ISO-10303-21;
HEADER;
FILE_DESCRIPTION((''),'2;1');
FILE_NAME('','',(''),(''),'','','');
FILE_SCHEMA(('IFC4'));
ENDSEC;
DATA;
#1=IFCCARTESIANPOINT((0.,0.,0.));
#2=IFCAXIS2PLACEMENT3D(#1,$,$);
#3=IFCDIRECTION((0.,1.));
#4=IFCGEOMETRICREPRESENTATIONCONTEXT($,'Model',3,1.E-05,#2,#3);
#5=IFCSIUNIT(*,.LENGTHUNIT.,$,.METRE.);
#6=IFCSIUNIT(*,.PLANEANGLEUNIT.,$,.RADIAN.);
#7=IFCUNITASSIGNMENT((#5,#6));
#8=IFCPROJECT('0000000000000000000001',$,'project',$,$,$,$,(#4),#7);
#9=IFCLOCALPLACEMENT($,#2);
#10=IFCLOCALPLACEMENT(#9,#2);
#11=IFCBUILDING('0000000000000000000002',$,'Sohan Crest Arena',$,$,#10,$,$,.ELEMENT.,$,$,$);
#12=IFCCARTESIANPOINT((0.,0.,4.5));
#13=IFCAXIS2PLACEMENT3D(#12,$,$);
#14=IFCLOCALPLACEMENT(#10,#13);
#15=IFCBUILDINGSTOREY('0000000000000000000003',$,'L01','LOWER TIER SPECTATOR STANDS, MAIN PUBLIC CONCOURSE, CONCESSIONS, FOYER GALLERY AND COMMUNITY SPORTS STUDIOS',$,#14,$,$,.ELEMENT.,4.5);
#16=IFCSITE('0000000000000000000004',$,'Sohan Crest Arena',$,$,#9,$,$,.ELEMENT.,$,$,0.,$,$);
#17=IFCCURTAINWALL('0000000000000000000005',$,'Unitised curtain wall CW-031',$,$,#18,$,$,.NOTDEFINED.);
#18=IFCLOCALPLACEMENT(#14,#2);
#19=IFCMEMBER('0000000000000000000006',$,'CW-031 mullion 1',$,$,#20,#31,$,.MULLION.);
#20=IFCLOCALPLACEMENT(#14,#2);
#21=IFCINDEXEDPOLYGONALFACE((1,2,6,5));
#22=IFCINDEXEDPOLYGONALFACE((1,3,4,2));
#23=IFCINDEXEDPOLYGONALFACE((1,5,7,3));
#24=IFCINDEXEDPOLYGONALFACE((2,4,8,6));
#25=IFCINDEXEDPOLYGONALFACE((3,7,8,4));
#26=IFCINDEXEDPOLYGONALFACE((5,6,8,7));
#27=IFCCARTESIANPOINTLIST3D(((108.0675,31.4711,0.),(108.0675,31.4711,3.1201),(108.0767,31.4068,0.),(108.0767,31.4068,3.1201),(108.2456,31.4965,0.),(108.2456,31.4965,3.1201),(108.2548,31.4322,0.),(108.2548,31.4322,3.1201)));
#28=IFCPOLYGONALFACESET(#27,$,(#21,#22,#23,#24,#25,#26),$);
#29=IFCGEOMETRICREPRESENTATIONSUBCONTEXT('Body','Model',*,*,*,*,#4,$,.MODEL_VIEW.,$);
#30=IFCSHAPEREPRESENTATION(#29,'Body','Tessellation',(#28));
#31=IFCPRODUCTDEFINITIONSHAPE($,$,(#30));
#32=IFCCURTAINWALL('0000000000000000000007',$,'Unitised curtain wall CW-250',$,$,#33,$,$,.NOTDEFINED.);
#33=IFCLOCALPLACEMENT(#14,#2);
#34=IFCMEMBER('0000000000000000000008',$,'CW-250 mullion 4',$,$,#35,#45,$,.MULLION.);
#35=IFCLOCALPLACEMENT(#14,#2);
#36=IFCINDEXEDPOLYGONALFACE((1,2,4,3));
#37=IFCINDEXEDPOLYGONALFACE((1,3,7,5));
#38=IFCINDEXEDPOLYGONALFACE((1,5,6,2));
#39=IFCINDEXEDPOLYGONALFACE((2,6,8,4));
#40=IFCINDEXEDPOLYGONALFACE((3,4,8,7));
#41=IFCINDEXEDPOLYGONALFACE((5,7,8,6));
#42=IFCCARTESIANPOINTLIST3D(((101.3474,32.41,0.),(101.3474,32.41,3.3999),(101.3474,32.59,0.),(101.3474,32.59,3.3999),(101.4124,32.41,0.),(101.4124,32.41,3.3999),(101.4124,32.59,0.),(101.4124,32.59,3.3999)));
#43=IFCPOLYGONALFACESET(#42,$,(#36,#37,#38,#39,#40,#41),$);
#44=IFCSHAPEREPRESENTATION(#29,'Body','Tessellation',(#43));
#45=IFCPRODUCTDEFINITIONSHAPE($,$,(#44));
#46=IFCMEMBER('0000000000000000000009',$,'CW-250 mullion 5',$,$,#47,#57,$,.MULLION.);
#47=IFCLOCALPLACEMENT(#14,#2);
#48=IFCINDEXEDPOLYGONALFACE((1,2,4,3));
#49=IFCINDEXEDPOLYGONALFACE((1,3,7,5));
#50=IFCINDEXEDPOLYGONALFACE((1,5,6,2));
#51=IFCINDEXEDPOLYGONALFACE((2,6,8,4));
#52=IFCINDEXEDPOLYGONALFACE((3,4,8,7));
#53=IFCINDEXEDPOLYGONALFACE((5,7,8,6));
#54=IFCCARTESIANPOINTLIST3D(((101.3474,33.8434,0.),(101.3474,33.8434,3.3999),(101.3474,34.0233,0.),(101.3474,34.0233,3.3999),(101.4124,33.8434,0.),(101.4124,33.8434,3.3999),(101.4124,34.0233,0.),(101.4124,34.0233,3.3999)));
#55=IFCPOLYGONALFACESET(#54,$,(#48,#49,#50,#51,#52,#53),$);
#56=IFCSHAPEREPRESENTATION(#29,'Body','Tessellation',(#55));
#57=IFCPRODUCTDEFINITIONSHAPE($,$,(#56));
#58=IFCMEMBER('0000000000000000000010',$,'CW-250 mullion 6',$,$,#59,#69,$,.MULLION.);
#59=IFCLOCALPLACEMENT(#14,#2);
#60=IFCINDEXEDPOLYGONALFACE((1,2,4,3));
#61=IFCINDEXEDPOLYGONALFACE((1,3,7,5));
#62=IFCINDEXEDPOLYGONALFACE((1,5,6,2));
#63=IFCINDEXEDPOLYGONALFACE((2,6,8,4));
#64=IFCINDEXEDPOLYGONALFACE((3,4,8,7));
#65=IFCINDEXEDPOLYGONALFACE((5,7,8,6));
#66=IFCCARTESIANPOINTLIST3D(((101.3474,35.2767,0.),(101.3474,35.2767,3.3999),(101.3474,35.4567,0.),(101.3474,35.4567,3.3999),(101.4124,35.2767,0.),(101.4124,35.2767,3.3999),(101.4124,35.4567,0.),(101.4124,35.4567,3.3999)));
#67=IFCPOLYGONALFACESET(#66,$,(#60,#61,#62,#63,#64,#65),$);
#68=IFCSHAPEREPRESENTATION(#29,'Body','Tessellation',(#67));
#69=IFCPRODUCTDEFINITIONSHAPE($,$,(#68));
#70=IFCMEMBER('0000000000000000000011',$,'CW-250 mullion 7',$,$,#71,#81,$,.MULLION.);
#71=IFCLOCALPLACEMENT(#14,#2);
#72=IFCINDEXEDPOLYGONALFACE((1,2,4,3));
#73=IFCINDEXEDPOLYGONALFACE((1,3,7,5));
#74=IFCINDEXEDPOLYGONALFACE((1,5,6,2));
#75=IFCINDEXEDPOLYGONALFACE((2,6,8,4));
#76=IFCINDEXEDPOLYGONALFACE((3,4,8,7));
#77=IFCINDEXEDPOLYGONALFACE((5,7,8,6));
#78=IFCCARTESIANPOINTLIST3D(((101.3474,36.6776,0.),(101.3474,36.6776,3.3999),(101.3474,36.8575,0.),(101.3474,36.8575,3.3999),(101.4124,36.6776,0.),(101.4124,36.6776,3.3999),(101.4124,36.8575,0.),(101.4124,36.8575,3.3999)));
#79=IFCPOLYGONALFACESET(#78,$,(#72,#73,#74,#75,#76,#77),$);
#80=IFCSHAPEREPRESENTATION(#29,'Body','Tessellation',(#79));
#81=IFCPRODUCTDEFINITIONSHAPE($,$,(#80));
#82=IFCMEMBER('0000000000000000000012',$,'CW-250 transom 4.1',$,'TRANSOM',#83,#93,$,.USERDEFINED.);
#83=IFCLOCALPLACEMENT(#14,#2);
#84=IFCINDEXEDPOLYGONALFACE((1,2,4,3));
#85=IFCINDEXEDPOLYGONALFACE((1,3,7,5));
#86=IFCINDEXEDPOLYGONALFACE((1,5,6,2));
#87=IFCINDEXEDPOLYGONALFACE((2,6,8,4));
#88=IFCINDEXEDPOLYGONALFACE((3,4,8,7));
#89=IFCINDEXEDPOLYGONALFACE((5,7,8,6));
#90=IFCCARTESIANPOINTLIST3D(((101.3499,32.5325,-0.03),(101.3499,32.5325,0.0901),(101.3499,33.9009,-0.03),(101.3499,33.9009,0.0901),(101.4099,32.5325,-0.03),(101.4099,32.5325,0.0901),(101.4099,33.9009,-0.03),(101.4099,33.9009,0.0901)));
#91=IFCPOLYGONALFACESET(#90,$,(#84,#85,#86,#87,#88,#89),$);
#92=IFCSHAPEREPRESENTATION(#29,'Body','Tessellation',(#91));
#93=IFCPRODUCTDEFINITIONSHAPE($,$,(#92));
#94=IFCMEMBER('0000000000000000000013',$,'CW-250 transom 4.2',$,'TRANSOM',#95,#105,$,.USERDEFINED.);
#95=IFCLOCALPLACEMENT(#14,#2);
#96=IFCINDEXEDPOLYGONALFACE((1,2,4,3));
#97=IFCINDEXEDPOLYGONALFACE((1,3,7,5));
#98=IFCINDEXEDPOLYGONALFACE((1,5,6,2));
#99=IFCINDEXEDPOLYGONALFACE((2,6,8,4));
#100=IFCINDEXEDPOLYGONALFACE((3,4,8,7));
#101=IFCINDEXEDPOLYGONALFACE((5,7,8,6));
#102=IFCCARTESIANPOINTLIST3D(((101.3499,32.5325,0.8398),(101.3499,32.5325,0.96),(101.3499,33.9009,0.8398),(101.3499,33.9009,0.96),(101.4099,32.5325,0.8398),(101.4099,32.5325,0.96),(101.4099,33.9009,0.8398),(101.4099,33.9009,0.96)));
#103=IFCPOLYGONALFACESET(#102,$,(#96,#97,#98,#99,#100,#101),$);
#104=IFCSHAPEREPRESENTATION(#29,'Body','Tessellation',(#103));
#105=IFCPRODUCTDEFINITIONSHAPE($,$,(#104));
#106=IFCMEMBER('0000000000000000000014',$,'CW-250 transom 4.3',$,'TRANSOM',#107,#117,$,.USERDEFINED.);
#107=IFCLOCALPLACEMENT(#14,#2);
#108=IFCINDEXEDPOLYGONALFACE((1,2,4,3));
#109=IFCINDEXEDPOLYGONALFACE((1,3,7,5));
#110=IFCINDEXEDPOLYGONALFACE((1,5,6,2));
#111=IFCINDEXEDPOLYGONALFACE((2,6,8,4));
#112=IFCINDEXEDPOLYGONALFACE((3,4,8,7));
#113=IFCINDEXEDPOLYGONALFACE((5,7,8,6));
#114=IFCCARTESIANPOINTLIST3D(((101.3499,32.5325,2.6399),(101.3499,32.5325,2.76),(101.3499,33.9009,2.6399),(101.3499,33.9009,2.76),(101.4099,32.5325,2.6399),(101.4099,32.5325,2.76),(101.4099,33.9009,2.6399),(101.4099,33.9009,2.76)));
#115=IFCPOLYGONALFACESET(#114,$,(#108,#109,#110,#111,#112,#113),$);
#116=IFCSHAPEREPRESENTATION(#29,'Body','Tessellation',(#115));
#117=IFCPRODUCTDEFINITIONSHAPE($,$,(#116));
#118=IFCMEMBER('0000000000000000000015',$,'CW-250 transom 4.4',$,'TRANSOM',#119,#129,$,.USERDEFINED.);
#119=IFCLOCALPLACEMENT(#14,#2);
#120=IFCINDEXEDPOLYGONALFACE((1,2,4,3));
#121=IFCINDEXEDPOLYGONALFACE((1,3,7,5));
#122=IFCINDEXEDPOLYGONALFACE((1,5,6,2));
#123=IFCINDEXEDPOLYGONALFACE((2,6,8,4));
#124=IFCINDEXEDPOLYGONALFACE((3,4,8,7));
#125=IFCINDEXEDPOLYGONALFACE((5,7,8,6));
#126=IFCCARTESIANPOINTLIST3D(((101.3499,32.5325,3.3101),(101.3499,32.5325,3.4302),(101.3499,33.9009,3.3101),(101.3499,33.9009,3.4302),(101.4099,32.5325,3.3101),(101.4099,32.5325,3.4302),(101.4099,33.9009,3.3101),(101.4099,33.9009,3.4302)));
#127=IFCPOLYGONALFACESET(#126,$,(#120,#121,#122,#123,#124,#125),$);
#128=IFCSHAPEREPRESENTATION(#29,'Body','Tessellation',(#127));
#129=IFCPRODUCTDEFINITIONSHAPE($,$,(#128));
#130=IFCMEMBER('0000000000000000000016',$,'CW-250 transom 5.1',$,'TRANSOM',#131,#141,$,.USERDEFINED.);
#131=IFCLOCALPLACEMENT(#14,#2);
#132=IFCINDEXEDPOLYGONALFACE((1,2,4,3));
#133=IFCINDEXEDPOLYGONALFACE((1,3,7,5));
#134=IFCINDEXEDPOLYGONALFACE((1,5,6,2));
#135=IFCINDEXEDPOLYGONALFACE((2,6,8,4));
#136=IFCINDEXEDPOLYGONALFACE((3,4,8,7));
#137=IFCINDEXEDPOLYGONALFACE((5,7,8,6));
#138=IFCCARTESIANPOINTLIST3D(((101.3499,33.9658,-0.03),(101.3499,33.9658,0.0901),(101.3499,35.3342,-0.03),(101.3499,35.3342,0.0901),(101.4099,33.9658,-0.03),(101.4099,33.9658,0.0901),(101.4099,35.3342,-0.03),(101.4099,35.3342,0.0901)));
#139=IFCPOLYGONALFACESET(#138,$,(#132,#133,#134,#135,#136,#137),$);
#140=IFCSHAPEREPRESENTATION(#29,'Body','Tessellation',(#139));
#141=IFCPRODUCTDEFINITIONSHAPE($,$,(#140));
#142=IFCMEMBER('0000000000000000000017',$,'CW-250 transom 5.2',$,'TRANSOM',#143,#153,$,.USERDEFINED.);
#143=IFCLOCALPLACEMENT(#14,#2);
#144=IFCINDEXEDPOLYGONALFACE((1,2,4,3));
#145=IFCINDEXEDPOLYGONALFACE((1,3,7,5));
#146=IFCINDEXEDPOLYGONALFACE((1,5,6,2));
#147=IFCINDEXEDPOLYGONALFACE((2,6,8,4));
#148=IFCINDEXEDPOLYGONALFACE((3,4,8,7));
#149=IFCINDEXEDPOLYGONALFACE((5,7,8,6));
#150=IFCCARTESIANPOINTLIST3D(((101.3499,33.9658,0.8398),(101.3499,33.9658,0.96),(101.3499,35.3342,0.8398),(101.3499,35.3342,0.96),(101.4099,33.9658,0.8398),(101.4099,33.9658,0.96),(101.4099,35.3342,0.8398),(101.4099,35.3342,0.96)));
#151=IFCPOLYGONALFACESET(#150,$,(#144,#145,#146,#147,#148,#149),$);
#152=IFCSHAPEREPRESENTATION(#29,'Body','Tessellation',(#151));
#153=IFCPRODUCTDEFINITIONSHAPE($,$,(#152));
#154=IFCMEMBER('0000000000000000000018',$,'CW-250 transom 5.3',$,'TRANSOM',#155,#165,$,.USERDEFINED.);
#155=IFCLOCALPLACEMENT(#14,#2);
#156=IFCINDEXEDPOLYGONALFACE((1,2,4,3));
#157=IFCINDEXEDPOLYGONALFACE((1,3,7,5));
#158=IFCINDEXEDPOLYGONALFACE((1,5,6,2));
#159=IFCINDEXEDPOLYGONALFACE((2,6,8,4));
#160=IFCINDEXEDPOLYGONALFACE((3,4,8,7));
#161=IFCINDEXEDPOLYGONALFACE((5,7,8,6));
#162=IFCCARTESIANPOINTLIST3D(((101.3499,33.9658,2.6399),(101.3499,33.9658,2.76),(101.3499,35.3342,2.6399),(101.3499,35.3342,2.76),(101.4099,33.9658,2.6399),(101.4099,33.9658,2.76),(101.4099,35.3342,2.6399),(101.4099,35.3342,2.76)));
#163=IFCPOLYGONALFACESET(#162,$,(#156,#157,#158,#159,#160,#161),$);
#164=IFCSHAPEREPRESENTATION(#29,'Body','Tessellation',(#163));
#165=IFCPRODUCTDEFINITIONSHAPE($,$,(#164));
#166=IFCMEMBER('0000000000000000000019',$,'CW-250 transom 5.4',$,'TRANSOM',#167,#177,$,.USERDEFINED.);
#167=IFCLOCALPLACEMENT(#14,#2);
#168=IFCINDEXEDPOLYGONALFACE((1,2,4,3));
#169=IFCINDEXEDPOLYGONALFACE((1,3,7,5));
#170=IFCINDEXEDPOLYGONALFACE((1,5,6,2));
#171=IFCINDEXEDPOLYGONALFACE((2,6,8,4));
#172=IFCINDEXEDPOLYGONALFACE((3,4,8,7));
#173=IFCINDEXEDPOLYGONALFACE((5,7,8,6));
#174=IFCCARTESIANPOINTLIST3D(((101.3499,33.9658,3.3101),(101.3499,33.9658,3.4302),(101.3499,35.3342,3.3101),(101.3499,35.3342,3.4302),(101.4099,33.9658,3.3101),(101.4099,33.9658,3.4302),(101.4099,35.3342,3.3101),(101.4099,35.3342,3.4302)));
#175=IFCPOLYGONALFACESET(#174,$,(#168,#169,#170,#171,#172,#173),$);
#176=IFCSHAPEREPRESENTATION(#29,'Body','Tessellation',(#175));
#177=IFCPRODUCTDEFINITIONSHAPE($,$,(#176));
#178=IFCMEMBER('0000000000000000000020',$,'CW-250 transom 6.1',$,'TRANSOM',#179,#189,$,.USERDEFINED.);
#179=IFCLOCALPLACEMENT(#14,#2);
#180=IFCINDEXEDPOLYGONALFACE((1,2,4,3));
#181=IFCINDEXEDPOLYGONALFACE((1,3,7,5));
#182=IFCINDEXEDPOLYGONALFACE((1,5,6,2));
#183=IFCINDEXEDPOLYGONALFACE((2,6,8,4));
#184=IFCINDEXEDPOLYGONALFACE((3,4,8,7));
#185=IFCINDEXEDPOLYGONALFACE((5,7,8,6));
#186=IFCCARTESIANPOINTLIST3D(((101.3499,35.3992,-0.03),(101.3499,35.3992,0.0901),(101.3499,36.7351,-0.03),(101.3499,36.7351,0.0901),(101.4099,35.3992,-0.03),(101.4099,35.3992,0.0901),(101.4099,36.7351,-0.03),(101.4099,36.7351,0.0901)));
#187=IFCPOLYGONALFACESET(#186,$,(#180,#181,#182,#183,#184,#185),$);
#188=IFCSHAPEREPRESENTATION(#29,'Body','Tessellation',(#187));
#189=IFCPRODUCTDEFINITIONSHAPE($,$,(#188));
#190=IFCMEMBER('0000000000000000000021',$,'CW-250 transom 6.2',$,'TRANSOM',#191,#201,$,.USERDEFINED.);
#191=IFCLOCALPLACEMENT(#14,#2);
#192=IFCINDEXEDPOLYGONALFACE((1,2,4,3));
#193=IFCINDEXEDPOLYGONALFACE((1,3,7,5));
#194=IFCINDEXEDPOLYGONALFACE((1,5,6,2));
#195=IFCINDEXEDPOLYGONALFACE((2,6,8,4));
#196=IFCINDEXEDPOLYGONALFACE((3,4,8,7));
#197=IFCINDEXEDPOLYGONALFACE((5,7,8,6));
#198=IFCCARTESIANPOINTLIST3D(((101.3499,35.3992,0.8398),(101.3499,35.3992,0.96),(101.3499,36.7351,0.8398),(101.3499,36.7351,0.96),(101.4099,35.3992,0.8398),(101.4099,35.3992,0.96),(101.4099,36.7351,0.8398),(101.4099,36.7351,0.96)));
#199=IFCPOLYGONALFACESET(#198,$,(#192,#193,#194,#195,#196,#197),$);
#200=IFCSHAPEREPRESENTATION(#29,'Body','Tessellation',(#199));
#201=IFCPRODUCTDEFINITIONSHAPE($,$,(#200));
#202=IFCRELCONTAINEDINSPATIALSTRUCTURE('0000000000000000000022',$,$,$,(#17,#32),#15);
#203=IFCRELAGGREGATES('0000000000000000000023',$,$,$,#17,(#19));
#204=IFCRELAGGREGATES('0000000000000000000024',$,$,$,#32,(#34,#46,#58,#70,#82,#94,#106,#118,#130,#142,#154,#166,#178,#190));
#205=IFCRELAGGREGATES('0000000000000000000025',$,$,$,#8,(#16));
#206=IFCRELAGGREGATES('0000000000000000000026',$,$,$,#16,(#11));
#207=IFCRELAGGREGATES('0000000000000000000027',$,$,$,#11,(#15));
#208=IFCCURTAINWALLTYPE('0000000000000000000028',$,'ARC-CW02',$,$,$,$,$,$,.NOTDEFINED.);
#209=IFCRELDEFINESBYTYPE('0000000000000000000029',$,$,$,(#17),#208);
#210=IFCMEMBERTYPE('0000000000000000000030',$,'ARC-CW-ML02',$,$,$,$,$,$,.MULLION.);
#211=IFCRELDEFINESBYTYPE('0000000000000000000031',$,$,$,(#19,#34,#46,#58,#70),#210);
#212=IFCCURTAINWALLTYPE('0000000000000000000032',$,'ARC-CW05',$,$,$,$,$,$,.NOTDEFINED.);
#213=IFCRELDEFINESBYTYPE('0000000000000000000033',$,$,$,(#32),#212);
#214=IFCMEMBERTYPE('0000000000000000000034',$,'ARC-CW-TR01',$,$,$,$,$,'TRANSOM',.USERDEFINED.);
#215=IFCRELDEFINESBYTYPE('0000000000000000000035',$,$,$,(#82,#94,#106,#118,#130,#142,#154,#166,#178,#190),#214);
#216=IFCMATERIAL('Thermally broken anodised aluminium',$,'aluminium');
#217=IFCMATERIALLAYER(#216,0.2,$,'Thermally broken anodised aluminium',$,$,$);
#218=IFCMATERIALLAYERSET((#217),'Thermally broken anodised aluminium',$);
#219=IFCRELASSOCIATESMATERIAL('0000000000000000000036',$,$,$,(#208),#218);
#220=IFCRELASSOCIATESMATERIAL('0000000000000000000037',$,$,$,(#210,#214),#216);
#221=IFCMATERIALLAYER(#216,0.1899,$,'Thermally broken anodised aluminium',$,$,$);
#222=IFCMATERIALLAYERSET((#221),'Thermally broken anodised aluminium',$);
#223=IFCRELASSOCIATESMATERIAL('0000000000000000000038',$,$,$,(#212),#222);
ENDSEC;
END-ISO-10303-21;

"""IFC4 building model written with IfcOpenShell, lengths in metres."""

from ifc_helpers import new_model, si_unit, direction, frame, origin, origin_2d, place, context, subcontext, project, spatial, rectangle, extrude, material, layer, layer_set, material_profile, profile_set, type_object, element, aggregate, save


model = new_model("IFC4")

# Units and contexts
model_context = context("Model", 3, precision=1e-05, world=origin(), true_north=direction((0.0, 1.0)))
body_context = subcontext(model_context, "Body", "Model", "MODEL_VIEW")
ifc_project = project(units=[si_unit("LENGTHUNIT", "METRE"), si_unit("PLANEANGLEUNIT", "RADIAN")], contexts=[model_context])

# Site, building, storey
site_placement = place(None, origin())
site = spatial("IfcSite", under=ifc_project, at=site_placement, Name="Sohan Crest Arena", CompositionType="ELEMENT", RefElevation=0.0)
building_placement = place(site_placement, origin())
building = spatial("IfcBuilding", under=site, at=building_placement, Name="Sohan Crest Arena", CompositionType="ELEMENT")
storey_placement = place(building_placement, frame((0.0, 0.0, 4.5)))
storey = spatial("IfcBuildingStorey", under=building, at=storey_placement, Name="L01", Description="LOWER TIER SPECTATOR STANDS, MAIN PUBLIC CONCOURSE, CONCESSIONS, FOYER GALLERY AND COMMUNITY SPORTS STUDIOS", CompositionType="ELEMENT", Elevation=4.5)

# Curtain wall, member
ifc_material_1 = material(Name="Thermally broken anodised aluminium", Category="aluminium")
ifc_layer_1 = layer(ifc_material_1, 0.2, Name="Thermally broken anodised aluminium")
ifc_layer_set_1 = layer_set([ifc_layer_1], Name="Thermally broken anodised aluminium")
curtain_wall_type_1 = type_object("IfcCurtainWallType", Name="ARC-CW02", PredefinedType="NOTDEFINED", material=ifc_layer_set_1)
curtain_wall_1_placement = place(storey_placement, origin())
curtain_wall_1 = element("IfcCurtainWall", 1, at=curtain_wall_1_placement, inside=storey, type_object=curtain_wall_type_1, Name="Unitised curtain wall CW-031", PredefinedType="NOTDEFINED")
ifc_material_profile_1 = material_profile(ifc_material_1, rectangle(XDim=0.0649, YDim=0.1799, at=origin_2d()), Name="ALU-MULL 65x180")
ifc_profile_set_1 = profile_set([ifc_material_profile_1], Name="Thermally broken anodised aluminium")
member_type_1 = type_object("IfcMemberType", Name="ARC-CW-ML02", PredefinedType="MULLION", material=ifc_profile_set_1)
member_1_placement = place(storey_placement, frame((108.1611, 31.4517, 0.0), z_axis=(0.0, 0.0, 1.0), x_axis=(-0.14145, 0.989945, 0.0)))
member_1 = element("IfcMember", 2, at=member_1_placement, type_object=member_type_1, Name="CW-031 mullion 1", PredefinedType="MULLION", context=body_context, shape_type="SweptSolid", body=[
    extrude(rectangle(XDim=0.0649, YDim=0.1799, at=origin_2d()), origin(), (0.0, 0.0, 1.0), 3.1201),
])
aggregate(curtain_wall_1, [member_1])

# Curtain wall, members
ifc_layer_2 = layer(ifc_material_1, 0.1899, Name="Thermally broken anodised aluminium")
ifc_layer_set_2 = layer_set([ifc_layer_2], Name="Thermally broken anodised aluminium")
curtain_wall_type_2 = type_object("IfcCurtainWallType", Name="ARC-CW05", PredefinedType="NOTDEFINED", material=ifc_layer_set_2)
curtain_wall_2_placement = place(storey_placement, origin())
curtain_wall_2 = element("IfcCurtainWall", 3, at=curtain_wall_2_placement, inside=storey, type_object=curtain_wall_type_2, Name="Unitised curtain wall CW-250", PredefinedType="NOTDEFINED")
member_2_placement = place(storey_placement, frame((101.3799, 32.5, 0.0), z_axis=(0.0, 0.0, 1.0), x_axis=(-1.0, 0.0, 0.0)))
member_2 = element("IfcMember", 4, at=member_2_placement, type_object=member_type_1, Name="CW-250 mullion 4", PredefinedType="MULLION", context=body_context, shape_type="SweptSolid", body=[
    extrude(rectangle(XDim=0.0649, YDim=0.1799, at=origin_2d()), origin(), (0.0, 0.0, 1.0), 3.3999),
])
member_3_placement = place(storey_placement, frame((101.3799, 33.9333, 0.0), z_axis=(0.0, 0.0, 1.0), x_axis=(-1.0, 0.0, 0.0)))
member_3 = element("IfcMember", 5, at=member_3_placement, type_object=member_type_1, Name="CW-250 mullion 5", PredefinedType="MULLION", context=body_context, shape_type="SweptSolid", body=[
    extrude(rectangle(XDim=0.0649, YDim=0.1799, at=origin_2d()), origin(), (0.0, 0.0, 1.0), 3.3999),
])
member_4_placement = place(storey_placement, frame((101.3799, 35.3667, 0.0), z_axis=(0.0, 0.0, 1.0), x_axis=(-1.0, 0.0, 0.0)))
member_4 = element("IfcMember", 6, at=member_4_placement, type_object=member_type_1, Name="CW-250 mullion 6", PredefinedType="MULLION", context=body_context, shape_type="SweptSolid", body=[
    extrude(rectangle(XDim=0.0649, YDim=0.1799, at=origin_2d()), origin(), (0.0, 0.0, 1.0), 3.3999),
])
member_5_placement = place(storey_placement, frame((101.3799, 36.7676, 0.0), z_axis=(0.0, 0.0, 1.0), x_axis=(-1.0, 0.0, 0.0)))
member_5 = element("IfcMember", 7, at=member_5_placement, type_object=member_type_1, Name="CW-250 mullion 7", PredefinedType="MULLION", context=body_context, shape_type="SweptSolid", body=[
    extrude(rectangle(XDim=0.0649, YDim=0.1799, at=origin_2d()), origin(), (0.0, 0.0, 1.0), 3.3999),
])
ifc_material_profile_2 = material_profile(ifc_material_1, rectangle(XDim=0.0601, YDim=0.1201, at=origin_2d()), Name="ALU-TRAN 60x120")
ifc_profile_set_2 = profile_set([ifc_material_profile_2], Name="Thermally broken anodised aluminium")
member_type_2 = type_object("IfcMemberType", Name="ARC-CW-TR01", ElementType="TRANSOM", PredefinedType="USERDEFINED", material=ifc_profile_set_2)
member_6_placement = place(storey_placement, frame((101.3799, 32.5325, 0.03), z_axis=(0.0, 1.0, 0.0), x_axis=(-1.0, 0.0, 0.0)))
member_6 = element("IfcMember", 8, at=member_6_placement, type_object=member_type_2, Name="CW-250 transom 4.1", ObjectType="TRANSOM", PredefinedType="USERDEFINED", context=body_context, shape_type="SweptSolid", body=[
    extrude(rectangle(XDim=0.0601, YDim=0.1201, at=origin_2d()), origin(), (0.0, 0.0, 1.0), 1.3684),
])
member_7_placement = place(storey_placement, frame((101.3799, 32.5325, 0.8999), z_axis=(0.0, 1.0, 0.0), x_axis=(-1.0, 0.0, 0.0)))
member_7 = element("IfcMember", 9, at=member_7_placement, type_object=member_type_2, Name="CW-250 transom 4.2", ObjectType="TRANSOM", PredefinedType="USERDEFINED", context=body_context, shape_type="SweptSolid", body=[
    extrude(rectangle(XDim=0.0601, YDim=0.1201, at=origin_2d()), origin(), (0.0, 0.0, 1.0), 1.3684),
])
member_8_placement = place(storey_placement, frame((101.3799, 32.5325, 2.7), z_axis=(0.0, 1.0, 0.0), x_axis=(-1.0, 0.0, 0.0)))
member_8 = element("IfcMember", 10, at=member_8_placement, type_object=member_type_2, Name="CW-250 transom 4.3", ObjectType="TRANSOM", PredefinedType="USERDEFINED", context=body_context, shape_type="SweptSolid", body=[
    extrude(rectangle(XDim=0.0601, YDim=0.1201, at=origin_2d()), origin(), (0.0, 0.0, 1.0), 1.3684),
])
member_9_placement = place(storey_placement, frame((101.3799, 32.5325, 3.3701), z_axis=(0.0, 1.0, 0.0), x_axis=(-1.0, 0.0, 0.0)))
member_9 = element("IfcMember", 11, at=member_9_placement, type_object=member_type_2, Name="CW-250 transom 4.4", ObjectType="TRANSOM", PredefinedType="USERDEFINED", context=body_context, shape_type="SweptSolid", body=[
    extrude(rectangle(XDim=0.0601, YDim=0.1201, at=origin_2d()), origin(), (0.0, 0.0, 1.0), 1.3684),
])
member_10_placement = place(storey_placement, frame((101.3799, 33.9658, 0.03), z_axis=(0.0, 1.0, 0.0), x_axis=(-1.0, 0.0, 0.0)))
member_10 = element("IfcMember", 12, at=member_10_placement, type_object=member_type_2, Name="CW-250 transom 5.1", ObjectType="TRANSOM", PredefinedType="USERDEFINED", context=body_context, shape_type="SweptSolid", body=[
    extrude(rectangle(XDim=0.0601, YDim=0.1201, at=origin_2d()), origin(), (0.0, 0.0, 1.0), 1.3684),
])
member_11_placement = place(storey_placement, frame((101.3799, 33.9658, 0.8999), z_axis=(0.0, 1.0, 0.0), x_axis=(-1.0, 0.0, 0.0)))
member_11 = element("IfcMember", 13, at=member_11_placement, type_object=member_type_2, Name="CW-250 transom 5.2", ObjectType="TRANSOM", PredefinedType="USERDEFINED", context=body_context, shape_type="SweptSolid", body=[
    extrude(rectangle(XDim=0.0601, YDim=0.1201, at=origin_2d()), origin(), (0.0, 0.0, 1.0), 1.3684),
])
member_12_placement = place(storey_placement, frame((101.3799, 33.9658, 2.7), z_axis=(0.0, 1.0, 0.0), x_axis=(-1.0, 0.0, 0.0)))
member_12 = element("IfcMember", 14, at=member_12_placement, type_object=member_type_2, Name="CW-250 transom 5.3", ObjectType="TRANSOM", PredefinedType="USERDEFINED", context=body_context, shape_type="SweptSolid", body=[
    extrude(rectangle(XDim=0.0601, YDim=0.1201, at=origin_2d()), origin(), (0.0, 0.0, 1.0), 1.3684),
])
member_13_placement = place(storey_placement, frame((101.3799, 33.9658, 3.3701), z_axis=(0.0, 1.0, 0.0), x_axis=(-1.0, 0.0, 0.0)))
member_13 = element("IfcMember", 15, at=member_13_placement, type_object=member_type_2, Name="CW-250 transom 5.4", ObjectType="TRANSOM", PredefinedType="USERDEFINED", context=body_context, shape_type="SweptSolid", body=[
    extrude(rectangle(XDim=0.0601, YDim=0.1201, at=origin_2d()), origin(), (0.0, 0.0, 1.0), 1.3684),
])
member_14_placement = place(storey_placement, frame((101.3799, 35.3992, 0.03), z_axis=(0.0, 1.0, 0.0), x_axis=(-1.0, 0.0, 0.0)))
member_14 = element("IfcMember", 16, at=member_14_placement, type_object=member_type_2, Name="CW-250 transom 6.1", ObjectType="TRANSOM", PredefinedType="USERDEFINED", context=body_context, shape_type="SweptSolid", body=[
    extrude(rectangle(XDim=0.0601, YDim=0.1201, at=origin_2d()), origin(), (0.0, 0.0, 1.0), 1.3359),
])
member_15_placement = place(storey_placement, frame((101.3799, 35.3992, 0.8999), z_axis=(0.0, 1.0, 0.0), x_axis=(-1.0, 0.0, 0.0)))
member_15 = element("IfcMember", 17, at=member_15_placement, type_object=member_type_2, Name="CW-250 transom 6.2", ObjectType="TRANSOM", PredefinedType="USERDEFINED", context=body_context, shape_type="SweptSolid", body=[
    extrude(rectangle(XDim=0.0601, YDim=0.1201, at=origin_2d()), origin(), (0.0, 0.0, 1.0), 1.3359),
])

aggregate(curtain_wall_2, [member_2, member_3, member_4, member_5, member_6, member_7, member_8, member_9, member_10, member_11, member_12, member_13, member_14, member_15])

save(model, "model.ifc")
